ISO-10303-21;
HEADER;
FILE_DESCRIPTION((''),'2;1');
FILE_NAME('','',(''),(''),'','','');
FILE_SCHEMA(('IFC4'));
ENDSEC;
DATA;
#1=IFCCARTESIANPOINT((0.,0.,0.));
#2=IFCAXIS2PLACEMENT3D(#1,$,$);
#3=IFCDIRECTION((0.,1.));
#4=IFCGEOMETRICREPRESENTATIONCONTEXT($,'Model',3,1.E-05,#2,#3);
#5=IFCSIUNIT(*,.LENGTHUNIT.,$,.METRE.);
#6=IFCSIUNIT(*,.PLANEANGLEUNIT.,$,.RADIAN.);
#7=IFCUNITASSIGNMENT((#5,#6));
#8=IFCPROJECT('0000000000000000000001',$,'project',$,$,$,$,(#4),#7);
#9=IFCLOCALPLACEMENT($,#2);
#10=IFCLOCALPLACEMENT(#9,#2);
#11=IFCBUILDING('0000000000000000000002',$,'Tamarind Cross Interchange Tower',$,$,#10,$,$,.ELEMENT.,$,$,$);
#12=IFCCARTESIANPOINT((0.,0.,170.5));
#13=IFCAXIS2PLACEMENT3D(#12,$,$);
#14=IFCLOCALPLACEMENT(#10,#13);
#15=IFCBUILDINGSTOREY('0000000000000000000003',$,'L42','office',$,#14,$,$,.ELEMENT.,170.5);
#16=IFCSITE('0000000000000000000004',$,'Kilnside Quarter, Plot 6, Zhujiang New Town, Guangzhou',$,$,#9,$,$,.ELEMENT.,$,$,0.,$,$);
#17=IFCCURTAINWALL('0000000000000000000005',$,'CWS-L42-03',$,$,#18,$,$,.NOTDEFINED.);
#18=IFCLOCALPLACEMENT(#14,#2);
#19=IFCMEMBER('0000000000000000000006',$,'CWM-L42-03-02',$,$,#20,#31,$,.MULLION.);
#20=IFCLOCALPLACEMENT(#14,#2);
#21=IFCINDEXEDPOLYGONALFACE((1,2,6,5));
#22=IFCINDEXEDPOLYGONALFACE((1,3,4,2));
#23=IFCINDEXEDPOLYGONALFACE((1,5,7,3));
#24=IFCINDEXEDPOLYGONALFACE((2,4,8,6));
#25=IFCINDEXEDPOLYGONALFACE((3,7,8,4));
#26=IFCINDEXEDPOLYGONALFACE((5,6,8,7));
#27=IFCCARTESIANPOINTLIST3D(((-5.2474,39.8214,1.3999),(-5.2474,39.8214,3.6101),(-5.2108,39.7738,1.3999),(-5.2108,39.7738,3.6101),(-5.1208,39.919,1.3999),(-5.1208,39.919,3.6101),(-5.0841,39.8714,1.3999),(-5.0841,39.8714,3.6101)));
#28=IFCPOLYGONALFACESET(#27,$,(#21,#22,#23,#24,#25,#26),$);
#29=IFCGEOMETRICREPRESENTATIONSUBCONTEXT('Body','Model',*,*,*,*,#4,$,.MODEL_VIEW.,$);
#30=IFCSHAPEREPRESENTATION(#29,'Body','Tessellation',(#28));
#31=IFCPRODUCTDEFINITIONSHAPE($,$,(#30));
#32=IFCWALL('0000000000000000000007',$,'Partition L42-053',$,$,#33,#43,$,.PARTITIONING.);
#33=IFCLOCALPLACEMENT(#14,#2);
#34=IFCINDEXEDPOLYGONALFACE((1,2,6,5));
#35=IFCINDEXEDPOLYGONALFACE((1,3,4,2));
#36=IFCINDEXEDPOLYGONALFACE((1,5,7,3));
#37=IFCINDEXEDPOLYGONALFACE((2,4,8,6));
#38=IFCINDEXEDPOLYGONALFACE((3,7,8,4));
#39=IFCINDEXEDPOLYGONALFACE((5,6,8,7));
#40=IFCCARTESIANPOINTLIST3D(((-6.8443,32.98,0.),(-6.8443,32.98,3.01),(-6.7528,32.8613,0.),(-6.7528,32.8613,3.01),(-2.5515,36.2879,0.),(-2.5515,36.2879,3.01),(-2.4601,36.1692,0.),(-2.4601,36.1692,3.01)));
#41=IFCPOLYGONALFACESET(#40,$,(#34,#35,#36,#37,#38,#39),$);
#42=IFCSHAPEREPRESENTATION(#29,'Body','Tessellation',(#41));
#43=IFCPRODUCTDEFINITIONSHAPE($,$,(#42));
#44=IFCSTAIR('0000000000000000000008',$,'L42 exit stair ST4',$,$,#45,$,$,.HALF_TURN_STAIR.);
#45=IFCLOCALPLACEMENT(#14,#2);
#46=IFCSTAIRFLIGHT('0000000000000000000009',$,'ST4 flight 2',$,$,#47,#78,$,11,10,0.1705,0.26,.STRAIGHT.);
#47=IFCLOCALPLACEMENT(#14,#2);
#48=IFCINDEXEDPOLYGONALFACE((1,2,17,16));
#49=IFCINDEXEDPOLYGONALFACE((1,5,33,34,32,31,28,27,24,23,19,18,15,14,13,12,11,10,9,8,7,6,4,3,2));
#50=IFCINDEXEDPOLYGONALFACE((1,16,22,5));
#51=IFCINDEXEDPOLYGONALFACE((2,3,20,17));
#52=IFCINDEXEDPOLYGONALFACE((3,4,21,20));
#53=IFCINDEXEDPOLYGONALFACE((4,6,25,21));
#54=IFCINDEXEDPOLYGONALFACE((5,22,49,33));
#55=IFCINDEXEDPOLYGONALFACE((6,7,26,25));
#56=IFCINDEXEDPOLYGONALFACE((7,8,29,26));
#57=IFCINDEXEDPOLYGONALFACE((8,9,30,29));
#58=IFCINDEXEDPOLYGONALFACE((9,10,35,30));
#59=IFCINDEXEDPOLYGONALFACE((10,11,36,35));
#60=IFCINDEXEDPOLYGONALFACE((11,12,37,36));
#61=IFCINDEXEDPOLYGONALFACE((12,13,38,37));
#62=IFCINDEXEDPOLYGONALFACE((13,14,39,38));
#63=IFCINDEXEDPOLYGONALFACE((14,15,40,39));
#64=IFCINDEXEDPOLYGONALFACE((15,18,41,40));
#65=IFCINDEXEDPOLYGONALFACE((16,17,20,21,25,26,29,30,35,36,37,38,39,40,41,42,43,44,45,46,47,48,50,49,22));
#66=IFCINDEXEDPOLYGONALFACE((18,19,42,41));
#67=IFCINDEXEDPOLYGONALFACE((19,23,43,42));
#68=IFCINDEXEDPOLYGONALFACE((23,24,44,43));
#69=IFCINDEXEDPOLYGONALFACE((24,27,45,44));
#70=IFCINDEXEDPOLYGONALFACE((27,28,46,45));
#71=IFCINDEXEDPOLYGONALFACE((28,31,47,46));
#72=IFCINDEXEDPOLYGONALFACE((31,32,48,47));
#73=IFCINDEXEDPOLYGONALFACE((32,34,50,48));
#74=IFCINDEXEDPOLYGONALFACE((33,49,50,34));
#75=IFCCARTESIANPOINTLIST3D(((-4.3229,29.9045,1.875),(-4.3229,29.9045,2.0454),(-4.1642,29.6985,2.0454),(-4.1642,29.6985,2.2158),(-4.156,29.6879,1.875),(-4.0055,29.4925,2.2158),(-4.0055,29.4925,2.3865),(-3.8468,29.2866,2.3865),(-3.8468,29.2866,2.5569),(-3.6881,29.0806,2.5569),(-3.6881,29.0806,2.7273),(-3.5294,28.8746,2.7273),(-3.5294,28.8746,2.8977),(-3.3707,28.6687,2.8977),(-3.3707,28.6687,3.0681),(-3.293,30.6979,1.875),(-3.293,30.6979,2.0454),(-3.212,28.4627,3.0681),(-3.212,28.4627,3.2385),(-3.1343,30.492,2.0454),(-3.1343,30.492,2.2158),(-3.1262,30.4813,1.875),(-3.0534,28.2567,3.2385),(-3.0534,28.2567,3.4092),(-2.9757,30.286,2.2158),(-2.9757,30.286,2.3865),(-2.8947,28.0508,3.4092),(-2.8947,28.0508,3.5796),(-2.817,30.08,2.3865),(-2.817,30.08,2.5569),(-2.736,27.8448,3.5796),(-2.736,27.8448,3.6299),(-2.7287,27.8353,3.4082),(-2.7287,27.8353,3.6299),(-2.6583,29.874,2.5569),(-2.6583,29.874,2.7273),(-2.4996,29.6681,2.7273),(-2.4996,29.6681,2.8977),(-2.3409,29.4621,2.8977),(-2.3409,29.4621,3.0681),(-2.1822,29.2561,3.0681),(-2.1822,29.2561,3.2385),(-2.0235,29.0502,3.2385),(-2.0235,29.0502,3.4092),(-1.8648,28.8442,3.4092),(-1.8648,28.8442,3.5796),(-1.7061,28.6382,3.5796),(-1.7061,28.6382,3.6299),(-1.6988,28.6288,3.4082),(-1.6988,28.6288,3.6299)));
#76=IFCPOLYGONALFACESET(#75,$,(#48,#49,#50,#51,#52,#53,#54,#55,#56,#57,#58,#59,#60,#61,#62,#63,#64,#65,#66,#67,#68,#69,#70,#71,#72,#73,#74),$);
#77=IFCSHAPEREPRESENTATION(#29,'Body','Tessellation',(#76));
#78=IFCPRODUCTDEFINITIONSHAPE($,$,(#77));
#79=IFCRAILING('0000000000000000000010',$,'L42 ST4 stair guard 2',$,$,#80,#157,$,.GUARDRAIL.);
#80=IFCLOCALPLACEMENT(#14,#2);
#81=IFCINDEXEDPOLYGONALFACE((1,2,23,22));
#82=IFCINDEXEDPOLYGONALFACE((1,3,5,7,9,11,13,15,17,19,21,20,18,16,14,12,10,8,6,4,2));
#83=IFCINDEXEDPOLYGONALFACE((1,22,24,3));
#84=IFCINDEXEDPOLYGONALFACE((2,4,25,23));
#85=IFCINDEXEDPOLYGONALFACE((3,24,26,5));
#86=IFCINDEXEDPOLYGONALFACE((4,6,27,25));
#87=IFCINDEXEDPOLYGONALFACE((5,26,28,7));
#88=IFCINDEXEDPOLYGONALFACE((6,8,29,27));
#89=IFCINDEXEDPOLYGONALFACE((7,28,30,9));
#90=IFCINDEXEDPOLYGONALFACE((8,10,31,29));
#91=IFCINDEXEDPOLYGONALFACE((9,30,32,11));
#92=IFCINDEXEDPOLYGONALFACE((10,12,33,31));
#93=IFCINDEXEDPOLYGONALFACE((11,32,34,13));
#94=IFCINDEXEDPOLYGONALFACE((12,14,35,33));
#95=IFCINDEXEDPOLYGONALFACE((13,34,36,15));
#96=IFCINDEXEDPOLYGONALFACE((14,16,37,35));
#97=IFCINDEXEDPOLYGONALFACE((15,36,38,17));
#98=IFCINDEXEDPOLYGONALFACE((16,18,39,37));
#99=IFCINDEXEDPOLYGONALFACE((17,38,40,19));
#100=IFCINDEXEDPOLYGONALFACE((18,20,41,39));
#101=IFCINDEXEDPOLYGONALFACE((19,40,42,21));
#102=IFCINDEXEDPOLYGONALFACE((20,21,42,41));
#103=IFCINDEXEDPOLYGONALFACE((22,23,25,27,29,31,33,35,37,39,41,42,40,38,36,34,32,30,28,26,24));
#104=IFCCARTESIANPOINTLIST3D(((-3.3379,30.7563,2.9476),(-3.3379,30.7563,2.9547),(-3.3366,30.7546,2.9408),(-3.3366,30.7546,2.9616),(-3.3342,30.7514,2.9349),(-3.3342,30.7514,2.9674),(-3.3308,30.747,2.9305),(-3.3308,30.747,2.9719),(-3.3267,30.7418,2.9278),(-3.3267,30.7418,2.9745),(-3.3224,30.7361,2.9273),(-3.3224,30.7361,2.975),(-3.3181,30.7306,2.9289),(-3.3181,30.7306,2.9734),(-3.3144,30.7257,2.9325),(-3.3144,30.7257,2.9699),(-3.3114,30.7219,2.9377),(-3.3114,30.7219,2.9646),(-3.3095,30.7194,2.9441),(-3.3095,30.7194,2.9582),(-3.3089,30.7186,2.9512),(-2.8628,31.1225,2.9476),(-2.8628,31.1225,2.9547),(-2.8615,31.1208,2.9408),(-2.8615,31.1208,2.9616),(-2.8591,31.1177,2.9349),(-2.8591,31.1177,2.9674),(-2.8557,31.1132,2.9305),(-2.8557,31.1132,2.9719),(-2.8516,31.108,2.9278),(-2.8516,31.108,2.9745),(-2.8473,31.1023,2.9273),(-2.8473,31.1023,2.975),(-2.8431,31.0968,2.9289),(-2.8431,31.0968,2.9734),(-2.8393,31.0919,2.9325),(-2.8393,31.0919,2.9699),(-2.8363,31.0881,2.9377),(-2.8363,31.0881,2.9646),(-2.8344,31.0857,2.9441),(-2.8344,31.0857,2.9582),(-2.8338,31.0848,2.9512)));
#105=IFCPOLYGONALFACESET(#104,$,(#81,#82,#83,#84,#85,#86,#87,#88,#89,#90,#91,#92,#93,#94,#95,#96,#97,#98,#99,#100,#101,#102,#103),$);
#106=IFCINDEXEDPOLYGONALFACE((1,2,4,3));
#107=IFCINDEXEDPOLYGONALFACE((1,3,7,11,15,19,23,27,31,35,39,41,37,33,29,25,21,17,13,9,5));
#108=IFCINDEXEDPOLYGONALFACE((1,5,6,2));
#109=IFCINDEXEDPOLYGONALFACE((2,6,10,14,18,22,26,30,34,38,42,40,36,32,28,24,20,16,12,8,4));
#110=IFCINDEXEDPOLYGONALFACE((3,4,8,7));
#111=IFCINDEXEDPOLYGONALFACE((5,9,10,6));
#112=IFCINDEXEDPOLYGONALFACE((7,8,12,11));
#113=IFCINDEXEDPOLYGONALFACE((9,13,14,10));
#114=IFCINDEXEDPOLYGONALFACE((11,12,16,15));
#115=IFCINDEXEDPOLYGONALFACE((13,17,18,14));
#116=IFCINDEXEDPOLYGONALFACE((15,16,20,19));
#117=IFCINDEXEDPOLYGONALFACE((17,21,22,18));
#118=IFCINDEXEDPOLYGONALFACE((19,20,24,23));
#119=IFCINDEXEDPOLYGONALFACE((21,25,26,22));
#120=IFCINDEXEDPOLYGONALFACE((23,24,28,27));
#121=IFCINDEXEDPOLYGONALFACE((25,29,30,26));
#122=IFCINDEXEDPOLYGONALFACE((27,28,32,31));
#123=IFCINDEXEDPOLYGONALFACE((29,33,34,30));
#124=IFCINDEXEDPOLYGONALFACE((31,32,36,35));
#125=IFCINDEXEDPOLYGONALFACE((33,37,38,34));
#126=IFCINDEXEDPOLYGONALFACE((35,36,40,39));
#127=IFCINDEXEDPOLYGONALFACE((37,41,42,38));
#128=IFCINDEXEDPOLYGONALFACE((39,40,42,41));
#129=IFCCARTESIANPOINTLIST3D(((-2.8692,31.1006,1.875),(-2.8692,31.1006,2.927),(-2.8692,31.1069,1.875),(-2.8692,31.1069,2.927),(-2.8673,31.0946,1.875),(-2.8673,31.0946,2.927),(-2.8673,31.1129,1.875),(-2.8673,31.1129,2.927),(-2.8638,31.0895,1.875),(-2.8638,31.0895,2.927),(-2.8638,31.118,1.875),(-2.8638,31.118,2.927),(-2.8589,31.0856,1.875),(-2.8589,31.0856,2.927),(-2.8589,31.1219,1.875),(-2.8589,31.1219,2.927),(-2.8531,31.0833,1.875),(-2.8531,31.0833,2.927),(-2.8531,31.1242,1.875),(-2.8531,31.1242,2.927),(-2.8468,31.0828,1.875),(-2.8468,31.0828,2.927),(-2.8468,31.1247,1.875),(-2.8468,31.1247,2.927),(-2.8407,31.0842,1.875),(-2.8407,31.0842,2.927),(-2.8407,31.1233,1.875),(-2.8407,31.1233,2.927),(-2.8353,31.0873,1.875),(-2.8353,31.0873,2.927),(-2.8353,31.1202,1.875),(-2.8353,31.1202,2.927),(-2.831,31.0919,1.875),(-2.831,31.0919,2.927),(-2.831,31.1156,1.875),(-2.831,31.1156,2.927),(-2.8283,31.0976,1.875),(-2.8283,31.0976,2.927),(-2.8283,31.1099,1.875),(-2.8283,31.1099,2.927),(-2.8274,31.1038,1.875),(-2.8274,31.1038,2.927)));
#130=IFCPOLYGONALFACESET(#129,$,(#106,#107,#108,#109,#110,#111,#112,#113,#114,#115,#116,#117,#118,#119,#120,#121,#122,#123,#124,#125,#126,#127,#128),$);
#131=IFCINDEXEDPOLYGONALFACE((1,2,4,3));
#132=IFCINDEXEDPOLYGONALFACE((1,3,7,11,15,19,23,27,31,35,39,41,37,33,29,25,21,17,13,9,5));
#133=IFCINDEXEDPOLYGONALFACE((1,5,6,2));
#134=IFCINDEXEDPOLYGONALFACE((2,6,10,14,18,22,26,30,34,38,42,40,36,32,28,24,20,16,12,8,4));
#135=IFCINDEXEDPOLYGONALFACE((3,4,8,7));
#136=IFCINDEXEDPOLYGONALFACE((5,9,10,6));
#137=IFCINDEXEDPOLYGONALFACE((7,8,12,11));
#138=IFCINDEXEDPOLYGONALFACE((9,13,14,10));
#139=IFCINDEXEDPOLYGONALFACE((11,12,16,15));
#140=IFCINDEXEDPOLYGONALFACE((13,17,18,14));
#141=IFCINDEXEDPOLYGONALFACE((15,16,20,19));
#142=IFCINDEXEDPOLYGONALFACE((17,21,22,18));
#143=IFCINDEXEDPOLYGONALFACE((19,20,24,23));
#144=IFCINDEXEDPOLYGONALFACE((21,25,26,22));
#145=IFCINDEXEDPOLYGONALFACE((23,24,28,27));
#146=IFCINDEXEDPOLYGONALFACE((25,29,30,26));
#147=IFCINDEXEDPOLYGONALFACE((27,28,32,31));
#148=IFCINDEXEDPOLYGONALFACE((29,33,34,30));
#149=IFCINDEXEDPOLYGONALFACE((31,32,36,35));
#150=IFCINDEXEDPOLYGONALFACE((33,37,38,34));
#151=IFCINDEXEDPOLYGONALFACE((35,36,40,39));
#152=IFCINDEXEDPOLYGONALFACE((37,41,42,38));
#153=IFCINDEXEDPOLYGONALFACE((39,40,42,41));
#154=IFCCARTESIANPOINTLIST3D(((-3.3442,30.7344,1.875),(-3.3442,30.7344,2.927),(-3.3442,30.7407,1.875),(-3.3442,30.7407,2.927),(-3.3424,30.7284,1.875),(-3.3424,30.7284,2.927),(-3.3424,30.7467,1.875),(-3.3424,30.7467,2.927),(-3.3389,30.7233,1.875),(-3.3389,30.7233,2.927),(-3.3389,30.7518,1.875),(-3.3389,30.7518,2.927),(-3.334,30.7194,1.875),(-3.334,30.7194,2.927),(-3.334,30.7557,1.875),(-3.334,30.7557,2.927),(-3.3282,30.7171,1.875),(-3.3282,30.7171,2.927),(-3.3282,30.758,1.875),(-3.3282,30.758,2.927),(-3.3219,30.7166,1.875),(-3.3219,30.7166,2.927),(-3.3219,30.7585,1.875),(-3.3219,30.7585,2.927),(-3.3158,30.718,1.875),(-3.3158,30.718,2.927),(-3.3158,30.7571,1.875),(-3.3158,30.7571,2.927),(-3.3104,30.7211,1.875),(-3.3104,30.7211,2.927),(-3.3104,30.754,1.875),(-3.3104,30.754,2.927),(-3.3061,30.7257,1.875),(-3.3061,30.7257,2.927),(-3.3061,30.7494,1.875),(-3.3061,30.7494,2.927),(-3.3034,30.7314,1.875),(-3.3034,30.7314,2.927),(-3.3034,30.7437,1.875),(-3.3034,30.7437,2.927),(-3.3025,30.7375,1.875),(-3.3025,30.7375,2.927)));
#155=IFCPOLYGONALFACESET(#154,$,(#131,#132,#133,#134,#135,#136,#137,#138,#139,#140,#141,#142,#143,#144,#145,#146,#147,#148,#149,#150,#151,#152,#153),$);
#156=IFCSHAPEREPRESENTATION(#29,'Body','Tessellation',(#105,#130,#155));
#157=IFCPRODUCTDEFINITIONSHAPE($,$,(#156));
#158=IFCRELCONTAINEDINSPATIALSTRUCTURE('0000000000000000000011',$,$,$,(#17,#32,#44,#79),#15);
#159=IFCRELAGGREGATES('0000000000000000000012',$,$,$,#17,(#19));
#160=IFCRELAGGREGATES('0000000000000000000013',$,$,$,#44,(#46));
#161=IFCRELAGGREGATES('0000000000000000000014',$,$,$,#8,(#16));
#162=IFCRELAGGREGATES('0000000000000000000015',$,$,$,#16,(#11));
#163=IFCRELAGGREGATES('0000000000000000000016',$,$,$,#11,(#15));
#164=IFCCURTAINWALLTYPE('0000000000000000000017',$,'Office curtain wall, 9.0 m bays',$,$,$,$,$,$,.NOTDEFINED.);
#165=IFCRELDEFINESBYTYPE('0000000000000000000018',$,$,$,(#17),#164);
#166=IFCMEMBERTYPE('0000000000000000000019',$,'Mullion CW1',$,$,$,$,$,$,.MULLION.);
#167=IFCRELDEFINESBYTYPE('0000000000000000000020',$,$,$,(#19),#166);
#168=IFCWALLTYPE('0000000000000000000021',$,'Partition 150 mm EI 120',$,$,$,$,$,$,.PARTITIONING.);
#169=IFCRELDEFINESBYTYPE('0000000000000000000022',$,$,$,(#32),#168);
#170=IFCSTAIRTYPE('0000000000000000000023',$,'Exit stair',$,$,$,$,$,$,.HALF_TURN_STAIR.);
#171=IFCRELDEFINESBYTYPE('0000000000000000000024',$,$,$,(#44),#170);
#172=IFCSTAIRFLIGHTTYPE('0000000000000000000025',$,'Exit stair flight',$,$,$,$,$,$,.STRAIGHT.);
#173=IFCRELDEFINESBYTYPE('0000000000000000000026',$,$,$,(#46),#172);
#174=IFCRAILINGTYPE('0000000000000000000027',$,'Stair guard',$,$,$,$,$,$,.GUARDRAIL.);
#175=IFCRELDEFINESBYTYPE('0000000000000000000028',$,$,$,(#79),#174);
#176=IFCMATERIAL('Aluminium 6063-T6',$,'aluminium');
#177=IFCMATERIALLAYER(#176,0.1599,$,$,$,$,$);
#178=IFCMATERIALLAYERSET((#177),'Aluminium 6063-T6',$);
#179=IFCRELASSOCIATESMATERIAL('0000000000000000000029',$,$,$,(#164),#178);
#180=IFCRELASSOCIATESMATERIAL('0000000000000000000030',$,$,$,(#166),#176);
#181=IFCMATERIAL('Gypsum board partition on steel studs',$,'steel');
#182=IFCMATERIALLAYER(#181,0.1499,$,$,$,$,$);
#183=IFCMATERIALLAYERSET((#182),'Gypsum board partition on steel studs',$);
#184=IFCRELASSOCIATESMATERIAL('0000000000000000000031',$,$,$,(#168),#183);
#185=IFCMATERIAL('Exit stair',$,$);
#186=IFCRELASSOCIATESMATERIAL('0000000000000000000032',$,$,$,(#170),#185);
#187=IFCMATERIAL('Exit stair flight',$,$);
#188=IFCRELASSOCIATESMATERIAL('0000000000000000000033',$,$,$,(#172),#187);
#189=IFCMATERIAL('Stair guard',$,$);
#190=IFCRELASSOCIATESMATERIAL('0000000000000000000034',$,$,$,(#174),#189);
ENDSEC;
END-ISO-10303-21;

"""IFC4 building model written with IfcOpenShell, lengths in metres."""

from ifc_helpers import new_model, si_unit, direction, frame, frame_2d, origin, origin_2d, place, context, subcontext, project, spatial, polyline, rectangle, circle, outline, extrude, material, layer, layer_set, material_profile, profile_set, type_object, element, aggregate, save


model = new_model("IFC4")

# Units and contexts
model_context = context("Model", 3, precision=1e-05, world=origin(), true_north=direction((0.0, 1.0)))
body_context = subcontext(model_context, "Body", "Model", "MODEL_VIEW")
ifc_project = project(units=[si_unit("LENGTHUNIT", "METRE"), si_unit("PLANEANGLEUNIT", "RADIAN")], contexts=[model_context])

# Site, building, storey
site_placement = place(None, origin())
site = spatial("IfcSite", under=ifc_project, at=site_placement, Name="Kilnside Quarter, Plot 6, Zhujiang New Town, Guangzhou", CompositionType="ELEMENT", RefElevation=0.0)
building_placement = place(site_placement, origin())
building = spatial("IfcBuilding", under=site, at=building_placement, Name="Tamarind Cross Interchange Tower", CompositionType="ELEMENT")
storey_placement = place(building_placement, frame((0.0, 0.0, 170.5)))
storey = spatial("IfcBuildingStorey", under=building, at=storey_placement, Name="L42", Description="office", CompositionType="ELEMENT", Elevation=170.5)

# Curtain wall, member
ifc_material_1 = material(Name="Aluminium 6063-T6", Category="aluminium")
ifc_layer_1 = layer(ifc_material_1, 0.1599)
ifc_layer_set_1 = layer_set([ifc_layer_1], Name="Aluminium 6063-T6")
curtain_wall_type = type_object("IfcCurtainWallType", Name="Office curtain wall, 9.0 m bays", PredefinedType="NOTDEFINED", material=ifc_layer_set_1)
curtain_wall_placement = place(storey_placement, origin())
curtain_wall = element("IfcCurtainWall", 1, at=curtain_wall_placement, inside=storey, type_object=curtain_wall_type, Name="CWS-L42-03", PredefinedType="NOTDEFINED")
ifc_material_profile_1 = material_profile(ifc_material_1, rectangle(XDim=0.0601, YDim=0.1599, at=origin_2d()), Name="Mullion CW1")
ifc_profile_set_1 = profile_set([ifc_material_profile_1], Name="Aluminium 6063-T6")
member_type = type_object("IfcMemberType", Name="Mullion CW1", PredefinedType="MULLION", material=ifc_profile_set_1)
member_placement = place(storey_placement, frame((-5.1658, 39.8464, 1.3999), z_axis=(0.0, 0.0, 1.0), x_axis=(-0.610322, 0.792153, 0.0)))
member = element("IfcMember", 2, at=member_placement, type_object=member_type, Name="CWM-L42-03-02", PredefinedType="MULLION", context=body_context, shape_type="SweptSolid", body=[
    extrude(rectangle(XDim=0.0601, YDim=0.1599, at=origin_2d()), origin(), (0.0, 0.0, 1.0), 2.2102),
])
aggregate(curtain_wall, [member])

# Wall
ifc_material_2 = material(Name="Gypsum board partition on steel studs", Category="steel")
ifc_layer_2 = layer(ifc_material_2, 0.1499)
ifc_layer_set_2 = layer_set([ifc_layer_2], Name="Gypsum board partition on steel studs")
wall_type = type_object("IfcWallType", Name="Partition 150 mm EI 120", PredefinedType="PARTITIONING", material=ifc_layer_set_2)
wall_placement = place(storey_placement, frame((-6.7986, 32.9207, 0.0), z_axis=(0.0, 0.0, 1.0), x_axis=(0.79211, 0.610379, 0.0)))
element("IfcWall", 3, at=wall_placement, inside=storey, type_object=wall_type, Name="Partition L42-053", PredefinedType="PARTITIONING", context=body_context, shape_type="SweptSolid", body=[
    extrude(rectangle(XDim=5.4194, YDim=0.1499, at=frame_2d((2.7097, 0.0))), origin(), (0.0, 0.0, 1.0), 3.01),
])

# Stair, stair flight
ifc_material_3 = material(Name="Exit stair")
stair_type = type_object("IfcStairType", Name="Exit stair", PredefinedType="HALF_TURN_STAIR", material=ifc_material_3)
stair_placement = place(storey_placement, origin())
stair = element("IfcStair", 4, at=stair_placement, inside=storey, type_object=stair_type, Name="L42 exit stair ST4", PredefinedType="HALF_TURN_STAIR")
ifc_material_4 = material(Name="Exit stair flight")
stair_flight_type = type_object("IfcStairFlightType", Name="Exit stair flight", PredefinedType="STRAIGHT", material=ifc_material_4)
stair_flight_placement = place(storey_placement, frame((-3.8079, 30.3013, 1.875), z_axis=(0.0, 0.0, 1.0), x_axis=(0.610322, -0.792153, 0.0)))
stair_flight = element("IfcStairFlight", 5, at=stair_flight_placement, type_object=stair_flight_type, Name="ST4 flight 2", NumberOfRisers=11, NumberOfTreads=10, PredefinedType="STRAIGHT", RiserHeight=0.1705, TreadLength=0.26, context=body_context, shape_type="SweptSolid", body=[
    extrude(outline(polyline([(0.0, 0.0), (0.0, 0.1704), (0.26, 0.1704), (0.26, 0.3408), (0.52, 0.3408), (0.52, 0.5115), (0.78, 0.5115), (0.78, 0.6819), (1.04, 0.6819), (1.04, 0.8523), (1.3, 0.8523), (1.3, 1.0227), (1.5601, 1.0227), (1.5601, 1.1931), (1.8201, 1.1931), (1.8201, 1.3635), (2.0801, 1.3635), (2.0801, 1.5342), (2.3401, 1.5342), (2.3401, 1.7046), (2.6001, 1.7046), (2.6001, 1.7549), (2.6121, 1.7549), (2.6121, 1.5332), (0.2734, 0.0), (0.0, 0.0)])), frame((0.0, 0.6499, 0.0), z_axis=(0.0, -1.0, 0.0), x_axis=(1.0, 0.0, 0.0)), (0.0, 0.0, 1.0), 1.3),
])
aggregate(stair, [stair_flight])

# Railing
ifc_material_5 = material(Name="Stair guard")
railing_type_1 = type_object("IfcRailingType", Name="Stair guard", PredefinedType="GUARDRAIL", material=ifc_material_5)
railing_1_placement = place(storey_placement, frame((-2.8484, 31.1038, 1.875)))
element("IfcRailing", 6, at=railing_1_placement, inside=storey, type_object=railing_type_1, Name="L42 ST4 stair guard 2", PredefinedType="GUARDRAIL", context=body_context, shape_type="SweptSolid", body=[
    extrude(circle(Radius=0.0239, at=origin_2d()), frame((0.0, 0.0, 1.0762), z_axis=(-0.792018, -0.610497, 0.0), x_axis=(0.610497, -0.792018, 0.0)), (0.0, 0.0, 1.0), 0.5999),
    extrude(circle(Radius=0.021, at=origin_2d()), origin(), (0.0, 0.0, 1.0), 1.052),
    extrude(circle(Radius=0.021, at=origin_2d()), frame((-0.4751, -0.3662, 0.0)), (0.0, 0.0, 1.0), 1.052),
])

save(model, "model.ifc")
